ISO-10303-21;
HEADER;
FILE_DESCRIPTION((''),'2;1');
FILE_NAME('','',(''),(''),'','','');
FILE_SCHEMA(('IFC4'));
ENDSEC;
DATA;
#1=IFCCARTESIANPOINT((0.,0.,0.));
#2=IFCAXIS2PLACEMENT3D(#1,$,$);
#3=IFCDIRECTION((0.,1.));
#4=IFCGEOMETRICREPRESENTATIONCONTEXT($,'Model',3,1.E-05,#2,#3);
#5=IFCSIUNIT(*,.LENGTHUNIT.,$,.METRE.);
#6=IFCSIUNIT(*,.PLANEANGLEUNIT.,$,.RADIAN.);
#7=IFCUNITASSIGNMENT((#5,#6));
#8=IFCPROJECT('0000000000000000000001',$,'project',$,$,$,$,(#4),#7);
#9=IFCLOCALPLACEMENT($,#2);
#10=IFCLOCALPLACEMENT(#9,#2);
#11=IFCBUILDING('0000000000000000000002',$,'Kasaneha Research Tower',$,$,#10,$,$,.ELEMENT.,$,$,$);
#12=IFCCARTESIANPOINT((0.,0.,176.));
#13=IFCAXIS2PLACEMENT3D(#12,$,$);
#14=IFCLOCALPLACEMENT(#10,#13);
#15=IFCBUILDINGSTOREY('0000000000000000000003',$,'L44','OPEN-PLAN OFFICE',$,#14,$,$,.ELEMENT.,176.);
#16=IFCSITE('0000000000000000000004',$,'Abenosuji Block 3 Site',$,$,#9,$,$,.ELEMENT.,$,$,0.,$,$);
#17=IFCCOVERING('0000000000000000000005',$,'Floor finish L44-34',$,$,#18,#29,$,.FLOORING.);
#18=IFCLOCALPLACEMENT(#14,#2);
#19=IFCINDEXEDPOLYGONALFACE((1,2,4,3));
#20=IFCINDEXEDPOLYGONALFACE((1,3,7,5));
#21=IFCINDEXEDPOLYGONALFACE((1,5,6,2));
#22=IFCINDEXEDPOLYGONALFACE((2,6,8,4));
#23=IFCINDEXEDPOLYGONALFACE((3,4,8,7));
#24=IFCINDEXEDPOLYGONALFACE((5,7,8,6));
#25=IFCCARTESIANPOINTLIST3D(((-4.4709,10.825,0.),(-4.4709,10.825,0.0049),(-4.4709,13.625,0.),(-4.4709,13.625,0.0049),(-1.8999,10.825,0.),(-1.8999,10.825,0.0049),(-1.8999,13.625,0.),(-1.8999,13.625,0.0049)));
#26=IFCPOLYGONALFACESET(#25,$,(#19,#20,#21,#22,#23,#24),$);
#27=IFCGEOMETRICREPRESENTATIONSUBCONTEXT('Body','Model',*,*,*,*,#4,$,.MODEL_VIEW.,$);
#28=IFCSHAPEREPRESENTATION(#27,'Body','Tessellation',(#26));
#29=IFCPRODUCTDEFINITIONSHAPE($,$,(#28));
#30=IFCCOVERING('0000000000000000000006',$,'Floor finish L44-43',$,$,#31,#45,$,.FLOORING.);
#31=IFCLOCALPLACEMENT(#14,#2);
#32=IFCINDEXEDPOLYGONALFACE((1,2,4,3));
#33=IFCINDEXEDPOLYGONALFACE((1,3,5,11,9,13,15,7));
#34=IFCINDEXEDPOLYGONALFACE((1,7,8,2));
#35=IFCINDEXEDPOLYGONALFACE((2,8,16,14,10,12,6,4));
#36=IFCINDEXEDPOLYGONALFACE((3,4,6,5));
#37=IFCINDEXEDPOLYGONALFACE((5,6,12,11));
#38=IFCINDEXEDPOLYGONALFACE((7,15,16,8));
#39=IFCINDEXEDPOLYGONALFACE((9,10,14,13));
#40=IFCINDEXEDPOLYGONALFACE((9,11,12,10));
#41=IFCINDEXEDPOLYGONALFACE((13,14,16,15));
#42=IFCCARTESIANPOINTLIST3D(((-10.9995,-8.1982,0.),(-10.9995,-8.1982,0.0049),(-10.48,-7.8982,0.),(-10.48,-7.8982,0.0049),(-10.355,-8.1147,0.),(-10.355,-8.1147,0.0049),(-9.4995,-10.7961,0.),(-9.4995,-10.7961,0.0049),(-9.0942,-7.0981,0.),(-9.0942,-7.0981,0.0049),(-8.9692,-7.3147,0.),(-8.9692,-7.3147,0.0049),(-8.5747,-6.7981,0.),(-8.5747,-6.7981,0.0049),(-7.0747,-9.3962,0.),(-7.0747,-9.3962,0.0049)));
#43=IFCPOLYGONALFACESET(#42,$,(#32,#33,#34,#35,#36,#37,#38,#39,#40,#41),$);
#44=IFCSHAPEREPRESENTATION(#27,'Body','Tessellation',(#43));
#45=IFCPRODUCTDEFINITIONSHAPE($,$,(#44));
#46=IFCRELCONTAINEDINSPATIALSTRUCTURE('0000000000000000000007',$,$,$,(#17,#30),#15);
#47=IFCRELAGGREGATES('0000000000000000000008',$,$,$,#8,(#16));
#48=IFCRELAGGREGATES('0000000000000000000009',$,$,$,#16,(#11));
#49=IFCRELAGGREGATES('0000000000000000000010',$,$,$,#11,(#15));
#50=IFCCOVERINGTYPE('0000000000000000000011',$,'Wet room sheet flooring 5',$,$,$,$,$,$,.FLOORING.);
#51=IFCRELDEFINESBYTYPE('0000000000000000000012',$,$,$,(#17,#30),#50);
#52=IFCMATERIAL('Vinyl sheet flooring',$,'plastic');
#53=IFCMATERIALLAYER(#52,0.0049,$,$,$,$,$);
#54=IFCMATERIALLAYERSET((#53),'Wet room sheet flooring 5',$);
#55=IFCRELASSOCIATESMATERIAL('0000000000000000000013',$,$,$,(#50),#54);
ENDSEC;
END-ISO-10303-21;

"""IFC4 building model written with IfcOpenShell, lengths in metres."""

from ifc_helpers import new_model, si_unit, direction, frame, origin, place, context, subcontext, project, spatial, polyline, outline, extrude, material, layer, layer_set, type_object, element, save


model = new_model("IFC4")

# Units and contexts
model_context = context("Model", 3, precision=1e-05, world=origin(), true_north=direction((0.0, 1.0)))
body_context = subcontext(model_context, "Body", "Model", "MODEL_VIEW")
ifc_project = project(units=[si_unit("LENGTHUNIT", "METRE"), si_unit("PLANEANGLEUNIT", "RADIAN")], contexts=[model_context])

# Site, building, storey
site_placement = place(None, origin())
site = spatial("IfcSite", under=ifc_project, at=site_placement, Name="Abenosuji Block 3 Site", CompositionType="ELEMENT", RefElevation=0.0)
building_placement = place(site_placement, origin())
building = spatial("IfcBuilding", under=site, at=building_placement, Name="Kasaneha Research Tower", CompositionType="ELEMENT")
storey_placement = place(building_placement, frame((0.0, 0.0, 176.0)))
storey = spatial("IfcBuildingStorey", under=building, at=storey_placement, Name="L44", Description="OPEN-PLAN OFFICE", CompositionType="ELEMENT", Elevation=176.0)

# Coverings
ifc_material_1 = material(Name="Vinyl sheet flooring", Category="plastic")
ifc_layer_1 = layer(ifc_material_1, 0.0049)
ifc_layer_set_1 = layer_set([ifc_layer_1], Name="Wet room sheet flooring 5")
covering_type_1 = type_object("IfcCoveringType", Name="Wet room sheet flooring 5", PredefinedType="FLOORING", material=ifc_layer_set_1)
covering_1_placement = place(storey_placement, origin())
element("IfcCovering", 1, at=covering_1_placement, inside=storey, type_object=covering_type_1, Name="Floor finish L44-34", PredefinedType="FLOORING", context=body_context, shape_type="SweptSolid", body=[
    extrude(outline(polyline([(-1.8999, 13.625), (-1.8999, 10.825), (-4.4709, 10.825), (-4.4709, 13.625), (-1.8999, 13.625)])), origin(), (0.0, 0.0, 1.0), 0.0049),
])
covering_2_placement = place(storey_placement, origin())
element("IfcCovering", 2, at=covering_2_placement, inside=storey, type_object=covering_type_1, Name="Floor finish L44-43", PredefinedType="FLOORING", context=body_context, shape_type="SweptSolid", body=[
    extrude(outline(polyline([(-10.9995, -8.1982), (-10.48, -7.8982), (-10.355, -8.1147), (-8.9692, -7.3147), (-9.0942, -7.0981), (-8.5747, -6.7981), (-7.0747, -9.3962), (-9.4995, -10.7961), (-10.9995, -8.1982)])), origin(), (0.0, 0.0, 1.0), 0.0049),
])

save(model, "model.ifc")
